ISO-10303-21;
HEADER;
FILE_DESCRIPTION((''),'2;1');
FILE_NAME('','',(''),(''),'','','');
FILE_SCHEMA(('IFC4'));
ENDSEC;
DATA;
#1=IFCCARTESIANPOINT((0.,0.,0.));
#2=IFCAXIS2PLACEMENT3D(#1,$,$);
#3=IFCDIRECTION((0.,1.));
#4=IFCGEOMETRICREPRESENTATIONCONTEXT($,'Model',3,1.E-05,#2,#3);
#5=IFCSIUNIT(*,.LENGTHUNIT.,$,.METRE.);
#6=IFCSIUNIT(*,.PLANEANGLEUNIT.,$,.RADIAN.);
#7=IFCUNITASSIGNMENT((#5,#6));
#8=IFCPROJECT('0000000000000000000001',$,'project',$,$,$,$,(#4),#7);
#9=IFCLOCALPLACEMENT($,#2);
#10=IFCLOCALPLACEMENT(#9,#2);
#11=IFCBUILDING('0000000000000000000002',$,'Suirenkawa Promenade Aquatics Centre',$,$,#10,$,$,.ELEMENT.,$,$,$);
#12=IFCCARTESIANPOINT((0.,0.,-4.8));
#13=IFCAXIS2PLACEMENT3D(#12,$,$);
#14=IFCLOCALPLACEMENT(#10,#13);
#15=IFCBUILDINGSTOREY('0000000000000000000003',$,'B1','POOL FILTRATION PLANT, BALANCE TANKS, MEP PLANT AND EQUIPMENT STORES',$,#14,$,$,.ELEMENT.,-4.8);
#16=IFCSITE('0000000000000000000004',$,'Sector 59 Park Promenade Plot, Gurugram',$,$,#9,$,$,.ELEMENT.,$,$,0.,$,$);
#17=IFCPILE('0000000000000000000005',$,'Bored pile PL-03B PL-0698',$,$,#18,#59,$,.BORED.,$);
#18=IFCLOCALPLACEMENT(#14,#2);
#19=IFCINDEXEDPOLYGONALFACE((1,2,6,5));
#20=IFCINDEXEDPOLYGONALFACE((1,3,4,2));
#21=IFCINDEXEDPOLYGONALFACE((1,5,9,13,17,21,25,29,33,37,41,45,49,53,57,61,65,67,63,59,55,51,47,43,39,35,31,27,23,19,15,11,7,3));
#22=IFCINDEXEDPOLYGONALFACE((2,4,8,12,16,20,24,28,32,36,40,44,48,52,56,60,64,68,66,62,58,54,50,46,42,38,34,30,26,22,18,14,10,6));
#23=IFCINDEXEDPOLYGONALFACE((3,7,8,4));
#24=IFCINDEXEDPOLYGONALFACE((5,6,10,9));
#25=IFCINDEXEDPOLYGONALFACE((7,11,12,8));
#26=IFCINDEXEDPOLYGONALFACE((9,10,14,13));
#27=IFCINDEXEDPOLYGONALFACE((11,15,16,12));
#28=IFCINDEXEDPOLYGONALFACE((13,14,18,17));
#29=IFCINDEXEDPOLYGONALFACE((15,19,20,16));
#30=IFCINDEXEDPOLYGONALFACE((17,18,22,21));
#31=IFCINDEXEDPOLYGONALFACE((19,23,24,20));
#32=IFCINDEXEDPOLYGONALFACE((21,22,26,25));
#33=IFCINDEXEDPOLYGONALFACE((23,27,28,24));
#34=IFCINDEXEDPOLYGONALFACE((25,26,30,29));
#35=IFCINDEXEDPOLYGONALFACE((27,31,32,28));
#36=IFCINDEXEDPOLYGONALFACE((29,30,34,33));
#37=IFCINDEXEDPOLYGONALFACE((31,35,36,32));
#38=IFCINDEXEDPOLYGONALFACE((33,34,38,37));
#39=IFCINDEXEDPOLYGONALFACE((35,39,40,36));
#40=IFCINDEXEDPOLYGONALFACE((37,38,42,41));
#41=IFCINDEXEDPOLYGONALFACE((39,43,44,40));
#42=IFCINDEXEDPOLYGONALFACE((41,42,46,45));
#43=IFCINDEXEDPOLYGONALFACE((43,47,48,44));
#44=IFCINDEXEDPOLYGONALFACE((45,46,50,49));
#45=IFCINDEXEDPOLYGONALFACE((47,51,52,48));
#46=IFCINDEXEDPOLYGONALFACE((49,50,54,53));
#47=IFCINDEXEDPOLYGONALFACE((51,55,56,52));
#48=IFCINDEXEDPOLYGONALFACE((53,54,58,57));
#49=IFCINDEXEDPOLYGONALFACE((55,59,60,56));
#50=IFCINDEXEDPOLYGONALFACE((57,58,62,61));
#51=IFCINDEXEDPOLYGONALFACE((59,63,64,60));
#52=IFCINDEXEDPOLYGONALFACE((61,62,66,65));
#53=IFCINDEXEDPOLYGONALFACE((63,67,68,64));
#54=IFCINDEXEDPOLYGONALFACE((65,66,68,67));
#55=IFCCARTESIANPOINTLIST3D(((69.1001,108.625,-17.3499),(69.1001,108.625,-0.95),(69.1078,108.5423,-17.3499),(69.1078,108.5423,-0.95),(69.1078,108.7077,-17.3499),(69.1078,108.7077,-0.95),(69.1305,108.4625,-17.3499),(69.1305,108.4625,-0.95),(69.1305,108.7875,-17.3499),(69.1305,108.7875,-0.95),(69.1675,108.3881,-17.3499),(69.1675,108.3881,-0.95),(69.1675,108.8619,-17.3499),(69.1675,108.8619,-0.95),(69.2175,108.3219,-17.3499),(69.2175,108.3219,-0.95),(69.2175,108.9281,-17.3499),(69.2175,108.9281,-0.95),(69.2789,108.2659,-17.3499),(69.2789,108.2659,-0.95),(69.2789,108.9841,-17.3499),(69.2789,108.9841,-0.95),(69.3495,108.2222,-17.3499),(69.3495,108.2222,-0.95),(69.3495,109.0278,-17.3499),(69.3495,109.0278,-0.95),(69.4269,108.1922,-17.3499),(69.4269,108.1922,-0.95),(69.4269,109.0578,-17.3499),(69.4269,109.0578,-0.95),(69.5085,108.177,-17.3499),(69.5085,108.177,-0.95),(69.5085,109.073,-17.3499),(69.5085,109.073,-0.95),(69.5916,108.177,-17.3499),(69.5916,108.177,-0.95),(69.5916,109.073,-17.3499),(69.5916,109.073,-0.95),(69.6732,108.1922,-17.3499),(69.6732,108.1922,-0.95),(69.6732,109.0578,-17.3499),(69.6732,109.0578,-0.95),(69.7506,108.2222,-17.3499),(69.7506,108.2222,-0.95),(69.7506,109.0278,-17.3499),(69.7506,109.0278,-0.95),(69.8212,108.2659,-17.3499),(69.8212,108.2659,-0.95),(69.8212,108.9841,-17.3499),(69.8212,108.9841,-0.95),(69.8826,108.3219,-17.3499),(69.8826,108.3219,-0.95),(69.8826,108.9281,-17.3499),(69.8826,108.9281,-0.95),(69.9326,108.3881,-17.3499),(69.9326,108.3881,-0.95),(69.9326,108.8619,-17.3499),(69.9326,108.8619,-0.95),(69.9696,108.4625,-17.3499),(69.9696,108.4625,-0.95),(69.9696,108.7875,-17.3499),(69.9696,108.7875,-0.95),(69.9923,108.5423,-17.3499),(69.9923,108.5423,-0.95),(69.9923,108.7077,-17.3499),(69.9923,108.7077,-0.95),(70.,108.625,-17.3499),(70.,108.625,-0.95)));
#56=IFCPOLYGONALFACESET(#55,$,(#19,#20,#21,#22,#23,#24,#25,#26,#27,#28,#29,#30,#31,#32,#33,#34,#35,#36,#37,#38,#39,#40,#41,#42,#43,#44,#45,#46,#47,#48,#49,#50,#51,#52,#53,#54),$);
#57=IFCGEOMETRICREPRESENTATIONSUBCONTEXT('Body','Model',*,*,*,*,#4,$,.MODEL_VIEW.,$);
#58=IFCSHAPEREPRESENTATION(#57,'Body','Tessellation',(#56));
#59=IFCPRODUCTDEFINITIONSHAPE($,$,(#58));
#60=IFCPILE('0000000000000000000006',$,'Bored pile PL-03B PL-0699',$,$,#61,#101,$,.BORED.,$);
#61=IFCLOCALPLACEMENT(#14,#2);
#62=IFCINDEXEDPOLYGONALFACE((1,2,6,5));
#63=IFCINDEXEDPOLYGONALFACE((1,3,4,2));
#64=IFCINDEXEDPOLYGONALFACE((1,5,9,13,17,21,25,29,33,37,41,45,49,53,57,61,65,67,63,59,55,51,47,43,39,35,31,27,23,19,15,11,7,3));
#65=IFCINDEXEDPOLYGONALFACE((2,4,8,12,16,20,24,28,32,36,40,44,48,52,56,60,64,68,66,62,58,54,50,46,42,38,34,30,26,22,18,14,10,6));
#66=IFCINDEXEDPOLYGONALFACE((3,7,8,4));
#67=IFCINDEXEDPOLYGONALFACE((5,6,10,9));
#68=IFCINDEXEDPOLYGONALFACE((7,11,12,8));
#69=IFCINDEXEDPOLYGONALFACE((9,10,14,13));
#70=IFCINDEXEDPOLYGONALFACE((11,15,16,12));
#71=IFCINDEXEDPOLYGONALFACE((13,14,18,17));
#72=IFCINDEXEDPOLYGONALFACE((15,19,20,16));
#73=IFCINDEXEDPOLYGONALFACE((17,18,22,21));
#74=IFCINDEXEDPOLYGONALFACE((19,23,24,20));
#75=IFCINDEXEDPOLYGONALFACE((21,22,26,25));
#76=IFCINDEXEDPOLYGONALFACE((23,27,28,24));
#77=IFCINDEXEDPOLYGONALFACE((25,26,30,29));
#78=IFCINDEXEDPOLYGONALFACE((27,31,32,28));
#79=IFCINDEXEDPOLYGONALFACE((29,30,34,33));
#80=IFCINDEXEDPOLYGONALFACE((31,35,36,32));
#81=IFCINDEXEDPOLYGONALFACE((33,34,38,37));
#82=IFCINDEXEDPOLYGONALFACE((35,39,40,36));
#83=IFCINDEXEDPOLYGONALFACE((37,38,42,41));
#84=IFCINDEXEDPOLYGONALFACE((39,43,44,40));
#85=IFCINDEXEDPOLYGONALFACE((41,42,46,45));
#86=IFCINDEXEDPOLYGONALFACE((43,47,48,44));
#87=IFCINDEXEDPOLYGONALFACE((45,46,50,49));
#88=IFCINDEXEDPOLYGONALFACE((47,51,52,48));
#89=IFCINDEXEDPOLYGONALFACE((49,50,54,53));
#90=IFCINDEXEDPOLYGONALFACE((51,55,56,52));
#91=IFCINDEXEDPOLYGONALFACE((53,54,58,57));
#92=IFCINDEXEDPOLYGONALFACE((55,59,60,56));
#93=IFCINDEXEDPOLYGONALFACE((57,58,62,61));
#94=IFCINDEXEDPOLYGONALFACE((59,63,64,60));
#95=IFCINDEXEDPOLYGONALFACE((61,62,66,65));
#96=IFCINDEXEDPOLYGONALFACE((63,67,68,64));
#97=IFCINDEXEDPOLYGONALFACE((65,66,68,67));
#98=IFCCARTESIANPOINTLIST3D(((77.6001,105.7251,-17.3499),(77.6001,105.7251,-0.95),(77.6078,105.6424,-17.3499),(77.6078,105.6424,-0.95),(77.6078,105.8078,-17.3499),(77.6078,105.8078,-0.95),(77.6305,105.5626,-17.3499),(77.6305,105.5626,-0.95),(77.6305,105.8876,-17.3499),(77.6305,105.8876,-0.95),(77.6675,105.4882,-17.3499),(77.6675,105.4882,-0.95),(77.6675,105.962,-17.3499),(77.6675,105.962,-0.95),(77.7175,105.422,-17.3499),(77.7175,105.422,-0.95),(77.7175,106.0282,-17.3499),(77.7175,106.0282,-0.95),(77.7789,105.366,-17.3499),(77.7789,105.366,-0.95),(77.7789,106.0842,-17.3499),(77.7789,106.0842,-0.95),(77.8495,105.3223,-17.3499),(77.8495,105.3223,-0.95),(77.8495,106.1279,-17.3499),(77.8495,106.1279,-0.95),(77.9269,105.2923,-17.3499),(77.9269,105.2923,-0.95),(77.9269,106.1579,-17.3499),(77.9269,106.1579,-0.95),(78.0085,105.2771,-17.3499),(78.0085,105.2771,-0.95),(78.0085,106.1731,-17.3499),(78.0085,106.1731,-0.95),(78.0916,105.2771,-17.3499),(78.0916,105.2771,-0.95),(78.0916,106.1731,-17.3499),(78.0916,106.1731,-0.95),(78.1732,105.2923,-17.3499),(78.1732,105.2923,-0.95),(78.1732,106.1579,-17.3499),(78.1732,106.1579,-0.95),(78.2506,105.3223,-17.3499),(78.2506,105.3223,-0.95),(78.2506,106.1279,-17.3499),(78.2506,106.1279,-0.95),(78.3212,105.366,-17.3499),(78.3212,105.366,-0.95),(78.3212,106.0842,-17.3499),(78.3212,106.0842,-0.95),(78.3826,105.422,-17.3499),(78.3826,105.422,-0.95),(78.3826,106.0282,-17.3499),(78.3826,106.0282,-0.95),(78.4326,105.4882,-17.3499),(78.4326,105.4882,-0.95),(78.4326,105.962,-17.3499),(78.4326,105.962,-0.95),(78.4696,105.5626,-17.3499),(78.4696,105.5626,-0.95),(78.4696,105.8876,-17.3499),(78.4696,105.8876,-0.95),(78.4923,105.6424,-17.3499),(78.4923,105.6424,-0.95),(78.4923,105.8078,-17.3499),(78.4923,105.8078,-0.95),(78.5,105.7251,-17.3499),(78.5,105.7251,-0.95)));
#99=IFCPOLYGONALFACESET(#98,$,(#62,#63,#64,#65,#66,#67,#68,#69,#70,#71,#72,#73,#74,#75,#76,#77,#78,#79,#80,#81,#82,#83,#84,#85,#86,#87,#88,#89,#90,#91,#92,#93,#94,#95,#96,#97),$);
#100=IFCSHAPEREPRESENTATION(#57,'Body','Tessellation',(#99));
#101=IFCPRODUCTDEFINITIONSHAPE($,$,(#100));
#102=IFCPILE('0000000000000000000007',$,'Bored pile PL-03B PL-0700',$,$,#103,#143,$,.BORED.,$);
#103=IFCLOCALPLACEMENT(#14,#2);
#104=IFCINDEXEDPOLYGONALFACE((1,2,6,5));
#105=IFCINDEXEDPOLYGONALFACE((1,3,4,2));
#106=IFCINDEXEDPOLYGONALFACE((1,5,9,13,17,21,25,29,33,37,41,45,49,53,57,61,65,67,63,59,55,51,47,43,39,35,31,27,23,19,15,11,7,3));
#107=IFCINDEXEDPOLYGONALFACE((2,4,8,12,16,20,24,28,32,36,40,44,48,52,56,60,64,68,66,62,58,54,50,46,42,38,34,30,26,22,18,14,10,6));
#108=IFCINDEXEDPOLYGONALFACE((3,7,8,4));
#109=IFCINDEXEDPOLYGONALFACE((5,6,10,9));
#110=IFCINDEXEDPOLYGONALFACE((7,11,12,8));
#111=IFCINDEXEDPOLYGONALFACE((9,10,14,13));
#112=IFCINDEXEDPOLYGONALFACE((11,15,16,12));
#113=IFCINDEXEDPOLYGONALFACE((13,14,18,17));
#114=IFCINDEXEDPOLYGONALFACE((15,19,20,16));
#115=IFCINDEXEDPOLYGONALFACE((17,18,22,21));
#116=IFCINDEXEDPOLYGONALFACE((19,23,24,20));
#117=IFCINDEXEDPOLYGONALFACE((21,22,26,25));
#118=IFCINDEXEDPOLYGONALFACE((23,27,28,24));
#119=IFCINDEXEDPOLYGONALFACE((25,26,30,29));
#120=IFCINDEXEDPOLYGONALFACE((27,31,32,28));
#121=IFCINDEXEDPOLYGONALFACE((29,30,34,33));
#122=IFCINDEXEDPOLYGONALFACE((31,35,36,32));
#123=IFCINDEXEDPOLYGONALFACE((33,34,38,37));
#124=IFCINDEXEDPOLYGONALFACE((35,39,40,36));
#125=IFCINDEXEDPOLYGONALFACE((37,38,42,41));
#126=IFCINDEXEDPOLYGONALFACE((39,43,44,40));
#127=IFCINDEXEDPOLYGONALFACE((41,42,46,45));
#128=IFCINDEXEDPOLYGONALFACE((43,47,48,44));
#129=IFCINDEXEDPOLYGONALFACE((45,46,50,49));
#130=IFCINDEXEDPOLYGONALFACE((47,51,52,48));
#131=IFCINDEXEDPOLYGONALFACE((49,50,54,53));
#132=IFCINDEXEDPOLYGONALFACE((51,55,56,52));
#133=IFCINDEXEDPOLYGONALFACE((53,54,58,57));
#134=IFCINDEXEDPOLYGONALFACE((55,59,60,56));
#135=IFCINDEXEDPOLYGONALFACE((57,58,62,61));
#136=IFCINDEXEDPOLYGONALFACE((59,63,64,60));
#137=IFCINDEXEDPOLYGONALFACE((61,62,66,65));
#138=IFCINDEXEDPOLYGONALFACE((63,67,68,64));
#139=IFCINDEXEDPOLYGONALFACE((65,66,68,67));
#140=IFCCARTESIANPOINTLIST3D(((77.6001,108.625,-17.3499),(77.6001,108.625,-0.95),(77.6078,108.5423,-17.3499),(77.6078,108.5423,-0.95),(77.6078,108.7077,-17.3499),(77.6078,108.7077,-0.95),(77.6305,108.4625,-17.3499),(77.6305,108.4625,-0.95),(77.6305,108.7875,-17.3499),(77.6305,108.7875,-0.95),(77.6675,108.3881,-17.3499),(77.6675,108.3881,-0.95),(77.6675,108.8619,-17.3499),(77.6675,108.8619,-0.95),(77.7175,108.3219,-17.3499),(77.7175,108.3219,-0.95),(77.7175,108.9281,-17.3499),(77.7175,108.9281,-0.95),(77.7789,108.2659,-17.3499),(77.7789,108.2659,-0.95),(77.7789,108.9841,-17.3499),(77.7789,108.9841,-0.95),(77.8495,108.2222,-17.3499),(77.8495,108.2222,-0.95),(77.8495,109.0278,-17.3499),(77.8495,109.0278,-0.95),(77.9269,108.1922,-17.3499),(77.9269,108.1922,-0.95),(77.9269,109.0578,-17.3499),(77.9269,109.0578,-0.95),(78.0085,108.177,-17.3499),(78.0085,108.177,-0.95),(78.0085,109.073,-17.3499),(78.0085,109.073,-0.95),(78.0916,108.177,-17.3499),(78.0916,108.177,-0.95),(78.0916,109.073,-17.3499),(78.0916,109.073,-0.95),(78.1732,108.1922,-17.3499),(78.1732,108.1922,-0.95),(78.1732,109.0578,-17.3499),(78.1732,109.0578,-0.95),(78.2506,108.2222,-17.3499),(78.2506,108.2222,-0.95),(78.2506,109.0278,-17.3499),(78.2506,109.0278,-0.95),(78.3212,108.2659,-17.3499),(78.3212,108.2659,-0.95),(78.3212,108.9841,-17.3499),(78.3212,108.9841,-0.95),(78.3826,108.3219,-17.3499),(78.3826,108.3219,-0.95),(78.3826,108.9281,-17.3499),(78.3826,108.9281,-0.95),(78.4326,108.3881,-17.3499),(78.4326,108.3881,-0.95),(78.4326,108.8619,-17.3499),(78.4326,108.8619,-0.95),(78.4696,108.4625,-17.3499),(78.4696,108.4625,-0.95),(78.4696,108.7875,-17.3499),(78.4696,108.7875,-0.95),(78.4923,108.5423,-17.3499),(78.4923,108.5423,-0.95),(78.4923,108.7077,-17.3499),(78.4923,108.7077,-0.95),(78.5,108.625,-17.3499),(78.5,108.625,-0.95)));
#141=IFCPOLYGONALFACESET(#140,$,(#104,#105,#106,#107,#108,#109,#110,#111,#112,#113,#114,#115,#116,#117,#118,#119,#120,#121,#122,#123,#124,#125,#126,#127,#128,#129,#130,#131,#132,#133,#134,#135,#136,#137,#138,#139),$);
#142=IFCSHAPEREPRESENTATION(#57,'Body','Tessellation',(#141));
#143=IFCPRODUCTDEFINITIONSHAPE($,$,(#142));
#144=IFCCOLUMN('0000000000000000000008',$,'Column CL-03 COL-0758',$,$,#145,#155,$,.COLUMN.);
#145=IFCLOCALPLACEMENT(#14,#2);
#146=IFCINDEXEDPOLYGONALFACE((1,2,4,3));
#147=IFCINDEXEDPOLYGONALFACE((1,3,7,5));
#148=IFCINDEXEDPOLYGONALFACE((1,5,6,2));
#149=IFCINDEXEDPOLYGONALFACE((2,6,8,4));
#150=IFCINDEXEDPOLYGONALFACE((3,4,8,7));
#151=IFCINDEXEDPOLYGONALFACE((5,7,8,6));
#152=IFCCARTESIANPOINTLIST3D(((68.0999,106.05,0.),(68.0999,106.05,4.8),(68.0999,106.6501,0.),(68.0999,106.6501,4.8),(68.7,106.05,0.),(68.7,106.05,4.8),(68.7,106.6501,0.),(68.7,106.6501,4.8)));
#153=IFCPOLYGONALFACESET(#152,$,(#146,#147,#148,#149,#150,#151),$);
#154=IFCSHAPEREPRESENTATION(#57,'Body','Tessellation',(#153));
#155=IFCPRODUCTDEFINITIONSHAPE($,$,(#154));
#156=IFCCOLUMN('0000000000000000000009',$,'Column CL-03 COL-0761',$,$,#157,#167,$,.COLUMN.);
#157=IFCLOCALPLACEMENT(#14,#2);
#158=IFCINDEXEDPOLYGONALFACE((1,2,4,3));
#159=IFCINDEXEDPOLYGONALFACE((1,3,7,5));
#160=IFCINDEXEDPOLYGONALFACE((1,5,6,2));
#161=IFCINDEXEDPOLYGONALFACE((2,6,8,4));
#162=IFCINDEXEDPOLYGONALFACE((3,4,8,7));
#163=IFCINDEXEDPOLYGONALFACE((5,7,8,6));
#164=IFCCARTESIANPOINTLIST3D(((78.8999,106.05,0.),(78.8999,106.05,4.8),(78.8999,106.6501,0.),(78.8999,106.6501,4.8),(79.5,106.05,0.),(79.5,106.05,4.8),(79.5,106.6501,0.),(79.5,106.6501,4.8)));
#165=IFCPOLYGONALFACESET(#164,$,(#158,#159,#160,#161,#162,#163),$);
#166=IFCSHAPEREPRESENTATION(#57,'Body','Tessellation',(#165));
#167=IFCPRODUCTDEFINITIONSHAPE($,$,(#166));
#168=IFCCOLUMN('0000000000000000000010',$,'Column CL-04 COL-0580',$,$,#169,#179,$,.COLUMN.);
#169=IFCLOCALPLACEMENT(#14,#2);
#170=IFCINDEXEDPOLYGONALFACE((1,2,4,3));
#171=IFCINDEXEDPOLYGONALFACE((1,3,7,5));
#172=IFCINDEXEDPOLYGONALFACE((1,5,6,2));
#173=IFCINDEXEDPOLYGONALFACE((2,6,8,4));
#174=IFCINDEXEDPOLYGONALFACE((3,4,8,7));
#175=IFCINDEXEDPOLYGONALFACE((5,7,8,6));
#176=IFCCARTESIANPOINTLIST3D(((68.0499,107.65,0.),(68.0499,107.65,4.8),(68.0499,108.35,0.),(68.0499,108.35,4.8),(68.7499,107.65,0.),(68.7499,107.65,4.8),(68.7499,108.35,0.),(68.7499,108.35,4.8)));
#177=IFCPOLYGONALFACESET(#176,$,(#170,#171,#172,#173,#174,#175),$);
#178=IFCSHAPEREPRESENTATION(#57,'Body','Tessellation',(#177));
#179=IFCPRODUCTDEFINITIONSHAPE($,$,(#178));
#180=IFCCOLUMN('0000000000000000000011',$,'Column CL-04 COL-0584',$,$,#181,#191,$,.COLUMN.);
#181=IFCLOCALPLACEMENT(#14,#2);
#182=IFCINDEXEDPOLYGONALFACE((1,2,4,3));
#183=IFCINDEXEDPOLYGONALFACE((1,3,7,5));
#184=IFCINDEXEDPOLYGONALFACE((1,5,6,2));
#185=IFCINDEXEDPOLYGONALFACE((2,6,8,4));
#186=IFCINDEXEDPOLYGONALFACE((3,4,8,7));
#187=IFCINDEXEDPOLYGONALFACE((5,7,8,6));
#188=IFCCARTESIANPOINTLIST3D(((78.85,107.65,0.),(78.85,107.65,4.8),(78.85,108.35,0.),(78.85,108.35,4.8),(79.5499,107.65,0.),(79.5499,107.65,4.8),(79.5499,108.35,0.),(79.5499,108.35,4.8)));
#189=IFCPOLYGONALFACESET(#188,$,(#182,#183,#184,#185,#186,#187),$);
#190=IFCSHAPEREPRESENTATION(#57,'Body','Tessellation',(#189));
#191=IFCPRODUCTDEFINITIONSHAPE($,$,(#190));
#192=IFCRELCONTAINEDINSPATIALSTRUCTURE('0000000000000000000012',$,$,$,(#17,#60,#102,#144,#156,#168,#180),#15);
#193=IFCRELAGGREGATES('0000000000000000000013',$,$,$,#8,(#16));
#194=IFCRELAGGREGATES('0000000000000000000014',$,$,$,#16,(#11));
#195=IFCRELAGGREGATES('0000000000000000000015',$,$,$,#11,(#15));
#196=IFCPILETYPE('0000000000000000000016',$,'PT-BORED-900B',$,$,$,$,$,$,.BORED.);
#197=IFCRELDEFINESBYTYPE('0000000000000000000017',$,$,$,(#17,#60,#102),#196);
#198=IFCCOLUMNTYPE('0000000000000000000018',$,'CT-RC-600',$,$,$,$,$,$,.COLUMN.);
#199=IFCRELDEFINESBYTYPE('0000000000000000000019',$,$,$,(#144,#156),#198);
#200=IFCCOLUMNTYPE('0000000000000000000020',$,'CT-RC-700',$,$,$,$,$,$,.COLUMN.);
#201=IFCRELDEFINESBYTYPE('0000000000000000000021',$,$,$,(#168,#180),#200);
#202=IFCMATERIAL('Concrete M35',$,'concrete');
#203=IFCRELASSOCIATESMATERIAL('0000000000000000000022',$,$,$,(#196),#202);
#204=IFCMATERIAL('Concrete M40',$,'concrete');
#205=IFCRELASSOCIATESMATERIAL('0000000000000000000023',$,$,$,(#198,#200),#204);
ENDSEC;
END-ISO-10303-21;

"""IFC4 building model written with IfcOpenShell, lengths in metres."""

from ifc_helpers import new_model, si_unit, direction, frame, origin, origin_2d, place, context, subcontext, project, spatial, rectangle, circle, extrude, material, material_profile, profile_set, type_object, element, save


model = new_model("IFC4")

# Units and contexts
model_context = context("Model", 3, precision=1e-05, world=origin(), true_north=direction((0.0, 1.0)))
body_context = subcontext(model_context, "Body", "Model", "MODEL_VIEW")
ifc_project = project(units=[si_unit("LENGTHUNIT", "METRE"), si_unit("PLANEANGLEUNIT", "RADIAN")], contexts=[model_context])

# Site, building, storey
site_placement = place(None, origin())
site = spatial("IfcSite", under=ifc_project, at=site_placement, Name="Sector 59 Park Promenade Plot, Gurugram", CompositionType="ELEMENT", RefElevation=0.0)
building_placement = place(site_placement, origin())
building = spatial("IfcBuilding", under=site, at=building_placement, Name="Suirenkawa Promenade Aquatics Centre", CompositionType="ELEMENT")
storey_placement = place(building_placement, frame((0.0, 0.0, -4.8)))
storey = spatial("IfcBuildingStorey", under=building, at=storey_placement, Name="B1", Description="POOL FILTRATION PLANT, BALANCE TANKS, MEP PLANT AND EQUIPMENT STORES", CompositionType="ELEMENT", Elevation=-4.8)

# Shared definitions
ifc_material_1 = material(Name="Concrete M35", Category="concrete")

# Piles
ifc_material_profile_1 = material_profile(ifc_material_1, circle(Radius=0.45, at=origin_2d()), Name="PILE D900", Category="concrete")
ifc_profile_set_1 = profile_set([ifc_material_profile_1], Name="Concrete M35")
pile_type_1 = type_object("IfcPileType", Name="PT-BORED-900B", PredefinedType="BORED", material=ifc_profile_set_1)
for number, where, z_axis, x_axis, name in (
    (1, (69.55, 108.625, -0.95), (0.0, 0.0, -1.0), (1.0, 0.0, 0.0), "Bored pile PL-03B PL-0698"),
    (2, (78.05, 105.7251, -0.95), (0.0, 0.0, -1.0), (1.0, 0.0, 0.0), "Bored pile PL-03B PL-0699"),
    (3, (78.05, 108.625, -0.95), (0.0, 0.0, -1.0), (1.0, 0.0, 0.0), "Bored pile PL-03B PL-0700"),
):
    element("IfcPile", number, at=place(storey_placement, frame(where, z_axis=z_axis, x_axis=x_axis)), inside=storey, type_object=pile_type_1, Name=name, PredefinedType="BORED", context=body_context, shape_type="SweptSolid", body=[
        extrude(circle(Radius=0.45, at=origin_2d()), origin(), (0.0, 0.0, 1.0), 16.3999),
    ])

# Columns
ifc_material_2 = material(Name="Concrete M40", Category="concrete")
ifc_material_profile_2 = material_profile(ifc_material_2, rectangle(XDim=0.6001, YDim=0.6001, at=origin_2d()), Name="RC COL 600x600", Category="concrete")
ifc_profile_set_2 = profile_set([ifc_material_profile_2], Name="Concrete M40")
column_type_1 = type_object("IfcColumnType", Name="CT-RC-600", PredefinedType="COLUMN", material=ifc_profile_set_2)
for number, where, z_axis, x_axis, name in (
    (4, (68.3999, 106.3501, 0.0), (0.0, 0.0, 1.0), (1.0, 0.0, 0.0), "Column CL-03 COL-0758"),
    (5, (79.2, 106.3501, 0.0), (0.0, 0.0, 1.0), (1.0, 0.0, 0.0), "Column CL-03 COL-0761"),
):
    element("IfcColumn", number, at=place(storey_placement, frame(where, z_axis=z_axis, x_axis=x_axis)), inside=storey, type_object=column_type_1, Name=name, PredefinedType="COLUMN", context=body_context, shape_type="SweptSolid", body=[
        extrude(rectangle(XDim=0.6001, YDim=0.6001, at=origin_2d()), origin(), (0.0, 0.0, 1.0), 4.8),
    ])
ifc_material_profile_3 = material_profile(ifc_material_2, rectangle(XDim=0.7, YDim=0.7, at=origin_2d()), Name="RC COL 700x700", Category="concrete")
ifc_profile_set_3 = profile_set([ifc_material_profile_3], Name="Concrete M40")
column_type_2 = type_object("IfcColumnType", Name="CT-RC-700", PredefinedType="COLUMN", material=ifc_profile_set_3)
for number, where, z_axis, x_axis, name in (
    (6, (68.3999, 108.0, 0.0), (0.0, 0.0, 1.0), (1.0, 0.0, 0.0), "Column CL-04 COL-0580"),
    (7, (79.2, 108.0, 0.0), (0.0, 0.0, 1.0), (1.0, 0.0, 0.0), "Column CL-04 COL-0584"),
):
    element("IfcColumn", number, at=place(storey_placement, frame(where, z_axis=z_axis, x_axis=x_axis)), inside=storey, type_object=column_type_2, Name=name, PredefinedType="COLUMN", context=body_context, shape_type="SweptSolid", body=[
        extrude(rectangle(XDim=0.7, YDim=0.7, at=origin_2d()), origin(), (0.0, 0.0, 1.0), 4.8),
    ])

save(model, "model.ifc")
